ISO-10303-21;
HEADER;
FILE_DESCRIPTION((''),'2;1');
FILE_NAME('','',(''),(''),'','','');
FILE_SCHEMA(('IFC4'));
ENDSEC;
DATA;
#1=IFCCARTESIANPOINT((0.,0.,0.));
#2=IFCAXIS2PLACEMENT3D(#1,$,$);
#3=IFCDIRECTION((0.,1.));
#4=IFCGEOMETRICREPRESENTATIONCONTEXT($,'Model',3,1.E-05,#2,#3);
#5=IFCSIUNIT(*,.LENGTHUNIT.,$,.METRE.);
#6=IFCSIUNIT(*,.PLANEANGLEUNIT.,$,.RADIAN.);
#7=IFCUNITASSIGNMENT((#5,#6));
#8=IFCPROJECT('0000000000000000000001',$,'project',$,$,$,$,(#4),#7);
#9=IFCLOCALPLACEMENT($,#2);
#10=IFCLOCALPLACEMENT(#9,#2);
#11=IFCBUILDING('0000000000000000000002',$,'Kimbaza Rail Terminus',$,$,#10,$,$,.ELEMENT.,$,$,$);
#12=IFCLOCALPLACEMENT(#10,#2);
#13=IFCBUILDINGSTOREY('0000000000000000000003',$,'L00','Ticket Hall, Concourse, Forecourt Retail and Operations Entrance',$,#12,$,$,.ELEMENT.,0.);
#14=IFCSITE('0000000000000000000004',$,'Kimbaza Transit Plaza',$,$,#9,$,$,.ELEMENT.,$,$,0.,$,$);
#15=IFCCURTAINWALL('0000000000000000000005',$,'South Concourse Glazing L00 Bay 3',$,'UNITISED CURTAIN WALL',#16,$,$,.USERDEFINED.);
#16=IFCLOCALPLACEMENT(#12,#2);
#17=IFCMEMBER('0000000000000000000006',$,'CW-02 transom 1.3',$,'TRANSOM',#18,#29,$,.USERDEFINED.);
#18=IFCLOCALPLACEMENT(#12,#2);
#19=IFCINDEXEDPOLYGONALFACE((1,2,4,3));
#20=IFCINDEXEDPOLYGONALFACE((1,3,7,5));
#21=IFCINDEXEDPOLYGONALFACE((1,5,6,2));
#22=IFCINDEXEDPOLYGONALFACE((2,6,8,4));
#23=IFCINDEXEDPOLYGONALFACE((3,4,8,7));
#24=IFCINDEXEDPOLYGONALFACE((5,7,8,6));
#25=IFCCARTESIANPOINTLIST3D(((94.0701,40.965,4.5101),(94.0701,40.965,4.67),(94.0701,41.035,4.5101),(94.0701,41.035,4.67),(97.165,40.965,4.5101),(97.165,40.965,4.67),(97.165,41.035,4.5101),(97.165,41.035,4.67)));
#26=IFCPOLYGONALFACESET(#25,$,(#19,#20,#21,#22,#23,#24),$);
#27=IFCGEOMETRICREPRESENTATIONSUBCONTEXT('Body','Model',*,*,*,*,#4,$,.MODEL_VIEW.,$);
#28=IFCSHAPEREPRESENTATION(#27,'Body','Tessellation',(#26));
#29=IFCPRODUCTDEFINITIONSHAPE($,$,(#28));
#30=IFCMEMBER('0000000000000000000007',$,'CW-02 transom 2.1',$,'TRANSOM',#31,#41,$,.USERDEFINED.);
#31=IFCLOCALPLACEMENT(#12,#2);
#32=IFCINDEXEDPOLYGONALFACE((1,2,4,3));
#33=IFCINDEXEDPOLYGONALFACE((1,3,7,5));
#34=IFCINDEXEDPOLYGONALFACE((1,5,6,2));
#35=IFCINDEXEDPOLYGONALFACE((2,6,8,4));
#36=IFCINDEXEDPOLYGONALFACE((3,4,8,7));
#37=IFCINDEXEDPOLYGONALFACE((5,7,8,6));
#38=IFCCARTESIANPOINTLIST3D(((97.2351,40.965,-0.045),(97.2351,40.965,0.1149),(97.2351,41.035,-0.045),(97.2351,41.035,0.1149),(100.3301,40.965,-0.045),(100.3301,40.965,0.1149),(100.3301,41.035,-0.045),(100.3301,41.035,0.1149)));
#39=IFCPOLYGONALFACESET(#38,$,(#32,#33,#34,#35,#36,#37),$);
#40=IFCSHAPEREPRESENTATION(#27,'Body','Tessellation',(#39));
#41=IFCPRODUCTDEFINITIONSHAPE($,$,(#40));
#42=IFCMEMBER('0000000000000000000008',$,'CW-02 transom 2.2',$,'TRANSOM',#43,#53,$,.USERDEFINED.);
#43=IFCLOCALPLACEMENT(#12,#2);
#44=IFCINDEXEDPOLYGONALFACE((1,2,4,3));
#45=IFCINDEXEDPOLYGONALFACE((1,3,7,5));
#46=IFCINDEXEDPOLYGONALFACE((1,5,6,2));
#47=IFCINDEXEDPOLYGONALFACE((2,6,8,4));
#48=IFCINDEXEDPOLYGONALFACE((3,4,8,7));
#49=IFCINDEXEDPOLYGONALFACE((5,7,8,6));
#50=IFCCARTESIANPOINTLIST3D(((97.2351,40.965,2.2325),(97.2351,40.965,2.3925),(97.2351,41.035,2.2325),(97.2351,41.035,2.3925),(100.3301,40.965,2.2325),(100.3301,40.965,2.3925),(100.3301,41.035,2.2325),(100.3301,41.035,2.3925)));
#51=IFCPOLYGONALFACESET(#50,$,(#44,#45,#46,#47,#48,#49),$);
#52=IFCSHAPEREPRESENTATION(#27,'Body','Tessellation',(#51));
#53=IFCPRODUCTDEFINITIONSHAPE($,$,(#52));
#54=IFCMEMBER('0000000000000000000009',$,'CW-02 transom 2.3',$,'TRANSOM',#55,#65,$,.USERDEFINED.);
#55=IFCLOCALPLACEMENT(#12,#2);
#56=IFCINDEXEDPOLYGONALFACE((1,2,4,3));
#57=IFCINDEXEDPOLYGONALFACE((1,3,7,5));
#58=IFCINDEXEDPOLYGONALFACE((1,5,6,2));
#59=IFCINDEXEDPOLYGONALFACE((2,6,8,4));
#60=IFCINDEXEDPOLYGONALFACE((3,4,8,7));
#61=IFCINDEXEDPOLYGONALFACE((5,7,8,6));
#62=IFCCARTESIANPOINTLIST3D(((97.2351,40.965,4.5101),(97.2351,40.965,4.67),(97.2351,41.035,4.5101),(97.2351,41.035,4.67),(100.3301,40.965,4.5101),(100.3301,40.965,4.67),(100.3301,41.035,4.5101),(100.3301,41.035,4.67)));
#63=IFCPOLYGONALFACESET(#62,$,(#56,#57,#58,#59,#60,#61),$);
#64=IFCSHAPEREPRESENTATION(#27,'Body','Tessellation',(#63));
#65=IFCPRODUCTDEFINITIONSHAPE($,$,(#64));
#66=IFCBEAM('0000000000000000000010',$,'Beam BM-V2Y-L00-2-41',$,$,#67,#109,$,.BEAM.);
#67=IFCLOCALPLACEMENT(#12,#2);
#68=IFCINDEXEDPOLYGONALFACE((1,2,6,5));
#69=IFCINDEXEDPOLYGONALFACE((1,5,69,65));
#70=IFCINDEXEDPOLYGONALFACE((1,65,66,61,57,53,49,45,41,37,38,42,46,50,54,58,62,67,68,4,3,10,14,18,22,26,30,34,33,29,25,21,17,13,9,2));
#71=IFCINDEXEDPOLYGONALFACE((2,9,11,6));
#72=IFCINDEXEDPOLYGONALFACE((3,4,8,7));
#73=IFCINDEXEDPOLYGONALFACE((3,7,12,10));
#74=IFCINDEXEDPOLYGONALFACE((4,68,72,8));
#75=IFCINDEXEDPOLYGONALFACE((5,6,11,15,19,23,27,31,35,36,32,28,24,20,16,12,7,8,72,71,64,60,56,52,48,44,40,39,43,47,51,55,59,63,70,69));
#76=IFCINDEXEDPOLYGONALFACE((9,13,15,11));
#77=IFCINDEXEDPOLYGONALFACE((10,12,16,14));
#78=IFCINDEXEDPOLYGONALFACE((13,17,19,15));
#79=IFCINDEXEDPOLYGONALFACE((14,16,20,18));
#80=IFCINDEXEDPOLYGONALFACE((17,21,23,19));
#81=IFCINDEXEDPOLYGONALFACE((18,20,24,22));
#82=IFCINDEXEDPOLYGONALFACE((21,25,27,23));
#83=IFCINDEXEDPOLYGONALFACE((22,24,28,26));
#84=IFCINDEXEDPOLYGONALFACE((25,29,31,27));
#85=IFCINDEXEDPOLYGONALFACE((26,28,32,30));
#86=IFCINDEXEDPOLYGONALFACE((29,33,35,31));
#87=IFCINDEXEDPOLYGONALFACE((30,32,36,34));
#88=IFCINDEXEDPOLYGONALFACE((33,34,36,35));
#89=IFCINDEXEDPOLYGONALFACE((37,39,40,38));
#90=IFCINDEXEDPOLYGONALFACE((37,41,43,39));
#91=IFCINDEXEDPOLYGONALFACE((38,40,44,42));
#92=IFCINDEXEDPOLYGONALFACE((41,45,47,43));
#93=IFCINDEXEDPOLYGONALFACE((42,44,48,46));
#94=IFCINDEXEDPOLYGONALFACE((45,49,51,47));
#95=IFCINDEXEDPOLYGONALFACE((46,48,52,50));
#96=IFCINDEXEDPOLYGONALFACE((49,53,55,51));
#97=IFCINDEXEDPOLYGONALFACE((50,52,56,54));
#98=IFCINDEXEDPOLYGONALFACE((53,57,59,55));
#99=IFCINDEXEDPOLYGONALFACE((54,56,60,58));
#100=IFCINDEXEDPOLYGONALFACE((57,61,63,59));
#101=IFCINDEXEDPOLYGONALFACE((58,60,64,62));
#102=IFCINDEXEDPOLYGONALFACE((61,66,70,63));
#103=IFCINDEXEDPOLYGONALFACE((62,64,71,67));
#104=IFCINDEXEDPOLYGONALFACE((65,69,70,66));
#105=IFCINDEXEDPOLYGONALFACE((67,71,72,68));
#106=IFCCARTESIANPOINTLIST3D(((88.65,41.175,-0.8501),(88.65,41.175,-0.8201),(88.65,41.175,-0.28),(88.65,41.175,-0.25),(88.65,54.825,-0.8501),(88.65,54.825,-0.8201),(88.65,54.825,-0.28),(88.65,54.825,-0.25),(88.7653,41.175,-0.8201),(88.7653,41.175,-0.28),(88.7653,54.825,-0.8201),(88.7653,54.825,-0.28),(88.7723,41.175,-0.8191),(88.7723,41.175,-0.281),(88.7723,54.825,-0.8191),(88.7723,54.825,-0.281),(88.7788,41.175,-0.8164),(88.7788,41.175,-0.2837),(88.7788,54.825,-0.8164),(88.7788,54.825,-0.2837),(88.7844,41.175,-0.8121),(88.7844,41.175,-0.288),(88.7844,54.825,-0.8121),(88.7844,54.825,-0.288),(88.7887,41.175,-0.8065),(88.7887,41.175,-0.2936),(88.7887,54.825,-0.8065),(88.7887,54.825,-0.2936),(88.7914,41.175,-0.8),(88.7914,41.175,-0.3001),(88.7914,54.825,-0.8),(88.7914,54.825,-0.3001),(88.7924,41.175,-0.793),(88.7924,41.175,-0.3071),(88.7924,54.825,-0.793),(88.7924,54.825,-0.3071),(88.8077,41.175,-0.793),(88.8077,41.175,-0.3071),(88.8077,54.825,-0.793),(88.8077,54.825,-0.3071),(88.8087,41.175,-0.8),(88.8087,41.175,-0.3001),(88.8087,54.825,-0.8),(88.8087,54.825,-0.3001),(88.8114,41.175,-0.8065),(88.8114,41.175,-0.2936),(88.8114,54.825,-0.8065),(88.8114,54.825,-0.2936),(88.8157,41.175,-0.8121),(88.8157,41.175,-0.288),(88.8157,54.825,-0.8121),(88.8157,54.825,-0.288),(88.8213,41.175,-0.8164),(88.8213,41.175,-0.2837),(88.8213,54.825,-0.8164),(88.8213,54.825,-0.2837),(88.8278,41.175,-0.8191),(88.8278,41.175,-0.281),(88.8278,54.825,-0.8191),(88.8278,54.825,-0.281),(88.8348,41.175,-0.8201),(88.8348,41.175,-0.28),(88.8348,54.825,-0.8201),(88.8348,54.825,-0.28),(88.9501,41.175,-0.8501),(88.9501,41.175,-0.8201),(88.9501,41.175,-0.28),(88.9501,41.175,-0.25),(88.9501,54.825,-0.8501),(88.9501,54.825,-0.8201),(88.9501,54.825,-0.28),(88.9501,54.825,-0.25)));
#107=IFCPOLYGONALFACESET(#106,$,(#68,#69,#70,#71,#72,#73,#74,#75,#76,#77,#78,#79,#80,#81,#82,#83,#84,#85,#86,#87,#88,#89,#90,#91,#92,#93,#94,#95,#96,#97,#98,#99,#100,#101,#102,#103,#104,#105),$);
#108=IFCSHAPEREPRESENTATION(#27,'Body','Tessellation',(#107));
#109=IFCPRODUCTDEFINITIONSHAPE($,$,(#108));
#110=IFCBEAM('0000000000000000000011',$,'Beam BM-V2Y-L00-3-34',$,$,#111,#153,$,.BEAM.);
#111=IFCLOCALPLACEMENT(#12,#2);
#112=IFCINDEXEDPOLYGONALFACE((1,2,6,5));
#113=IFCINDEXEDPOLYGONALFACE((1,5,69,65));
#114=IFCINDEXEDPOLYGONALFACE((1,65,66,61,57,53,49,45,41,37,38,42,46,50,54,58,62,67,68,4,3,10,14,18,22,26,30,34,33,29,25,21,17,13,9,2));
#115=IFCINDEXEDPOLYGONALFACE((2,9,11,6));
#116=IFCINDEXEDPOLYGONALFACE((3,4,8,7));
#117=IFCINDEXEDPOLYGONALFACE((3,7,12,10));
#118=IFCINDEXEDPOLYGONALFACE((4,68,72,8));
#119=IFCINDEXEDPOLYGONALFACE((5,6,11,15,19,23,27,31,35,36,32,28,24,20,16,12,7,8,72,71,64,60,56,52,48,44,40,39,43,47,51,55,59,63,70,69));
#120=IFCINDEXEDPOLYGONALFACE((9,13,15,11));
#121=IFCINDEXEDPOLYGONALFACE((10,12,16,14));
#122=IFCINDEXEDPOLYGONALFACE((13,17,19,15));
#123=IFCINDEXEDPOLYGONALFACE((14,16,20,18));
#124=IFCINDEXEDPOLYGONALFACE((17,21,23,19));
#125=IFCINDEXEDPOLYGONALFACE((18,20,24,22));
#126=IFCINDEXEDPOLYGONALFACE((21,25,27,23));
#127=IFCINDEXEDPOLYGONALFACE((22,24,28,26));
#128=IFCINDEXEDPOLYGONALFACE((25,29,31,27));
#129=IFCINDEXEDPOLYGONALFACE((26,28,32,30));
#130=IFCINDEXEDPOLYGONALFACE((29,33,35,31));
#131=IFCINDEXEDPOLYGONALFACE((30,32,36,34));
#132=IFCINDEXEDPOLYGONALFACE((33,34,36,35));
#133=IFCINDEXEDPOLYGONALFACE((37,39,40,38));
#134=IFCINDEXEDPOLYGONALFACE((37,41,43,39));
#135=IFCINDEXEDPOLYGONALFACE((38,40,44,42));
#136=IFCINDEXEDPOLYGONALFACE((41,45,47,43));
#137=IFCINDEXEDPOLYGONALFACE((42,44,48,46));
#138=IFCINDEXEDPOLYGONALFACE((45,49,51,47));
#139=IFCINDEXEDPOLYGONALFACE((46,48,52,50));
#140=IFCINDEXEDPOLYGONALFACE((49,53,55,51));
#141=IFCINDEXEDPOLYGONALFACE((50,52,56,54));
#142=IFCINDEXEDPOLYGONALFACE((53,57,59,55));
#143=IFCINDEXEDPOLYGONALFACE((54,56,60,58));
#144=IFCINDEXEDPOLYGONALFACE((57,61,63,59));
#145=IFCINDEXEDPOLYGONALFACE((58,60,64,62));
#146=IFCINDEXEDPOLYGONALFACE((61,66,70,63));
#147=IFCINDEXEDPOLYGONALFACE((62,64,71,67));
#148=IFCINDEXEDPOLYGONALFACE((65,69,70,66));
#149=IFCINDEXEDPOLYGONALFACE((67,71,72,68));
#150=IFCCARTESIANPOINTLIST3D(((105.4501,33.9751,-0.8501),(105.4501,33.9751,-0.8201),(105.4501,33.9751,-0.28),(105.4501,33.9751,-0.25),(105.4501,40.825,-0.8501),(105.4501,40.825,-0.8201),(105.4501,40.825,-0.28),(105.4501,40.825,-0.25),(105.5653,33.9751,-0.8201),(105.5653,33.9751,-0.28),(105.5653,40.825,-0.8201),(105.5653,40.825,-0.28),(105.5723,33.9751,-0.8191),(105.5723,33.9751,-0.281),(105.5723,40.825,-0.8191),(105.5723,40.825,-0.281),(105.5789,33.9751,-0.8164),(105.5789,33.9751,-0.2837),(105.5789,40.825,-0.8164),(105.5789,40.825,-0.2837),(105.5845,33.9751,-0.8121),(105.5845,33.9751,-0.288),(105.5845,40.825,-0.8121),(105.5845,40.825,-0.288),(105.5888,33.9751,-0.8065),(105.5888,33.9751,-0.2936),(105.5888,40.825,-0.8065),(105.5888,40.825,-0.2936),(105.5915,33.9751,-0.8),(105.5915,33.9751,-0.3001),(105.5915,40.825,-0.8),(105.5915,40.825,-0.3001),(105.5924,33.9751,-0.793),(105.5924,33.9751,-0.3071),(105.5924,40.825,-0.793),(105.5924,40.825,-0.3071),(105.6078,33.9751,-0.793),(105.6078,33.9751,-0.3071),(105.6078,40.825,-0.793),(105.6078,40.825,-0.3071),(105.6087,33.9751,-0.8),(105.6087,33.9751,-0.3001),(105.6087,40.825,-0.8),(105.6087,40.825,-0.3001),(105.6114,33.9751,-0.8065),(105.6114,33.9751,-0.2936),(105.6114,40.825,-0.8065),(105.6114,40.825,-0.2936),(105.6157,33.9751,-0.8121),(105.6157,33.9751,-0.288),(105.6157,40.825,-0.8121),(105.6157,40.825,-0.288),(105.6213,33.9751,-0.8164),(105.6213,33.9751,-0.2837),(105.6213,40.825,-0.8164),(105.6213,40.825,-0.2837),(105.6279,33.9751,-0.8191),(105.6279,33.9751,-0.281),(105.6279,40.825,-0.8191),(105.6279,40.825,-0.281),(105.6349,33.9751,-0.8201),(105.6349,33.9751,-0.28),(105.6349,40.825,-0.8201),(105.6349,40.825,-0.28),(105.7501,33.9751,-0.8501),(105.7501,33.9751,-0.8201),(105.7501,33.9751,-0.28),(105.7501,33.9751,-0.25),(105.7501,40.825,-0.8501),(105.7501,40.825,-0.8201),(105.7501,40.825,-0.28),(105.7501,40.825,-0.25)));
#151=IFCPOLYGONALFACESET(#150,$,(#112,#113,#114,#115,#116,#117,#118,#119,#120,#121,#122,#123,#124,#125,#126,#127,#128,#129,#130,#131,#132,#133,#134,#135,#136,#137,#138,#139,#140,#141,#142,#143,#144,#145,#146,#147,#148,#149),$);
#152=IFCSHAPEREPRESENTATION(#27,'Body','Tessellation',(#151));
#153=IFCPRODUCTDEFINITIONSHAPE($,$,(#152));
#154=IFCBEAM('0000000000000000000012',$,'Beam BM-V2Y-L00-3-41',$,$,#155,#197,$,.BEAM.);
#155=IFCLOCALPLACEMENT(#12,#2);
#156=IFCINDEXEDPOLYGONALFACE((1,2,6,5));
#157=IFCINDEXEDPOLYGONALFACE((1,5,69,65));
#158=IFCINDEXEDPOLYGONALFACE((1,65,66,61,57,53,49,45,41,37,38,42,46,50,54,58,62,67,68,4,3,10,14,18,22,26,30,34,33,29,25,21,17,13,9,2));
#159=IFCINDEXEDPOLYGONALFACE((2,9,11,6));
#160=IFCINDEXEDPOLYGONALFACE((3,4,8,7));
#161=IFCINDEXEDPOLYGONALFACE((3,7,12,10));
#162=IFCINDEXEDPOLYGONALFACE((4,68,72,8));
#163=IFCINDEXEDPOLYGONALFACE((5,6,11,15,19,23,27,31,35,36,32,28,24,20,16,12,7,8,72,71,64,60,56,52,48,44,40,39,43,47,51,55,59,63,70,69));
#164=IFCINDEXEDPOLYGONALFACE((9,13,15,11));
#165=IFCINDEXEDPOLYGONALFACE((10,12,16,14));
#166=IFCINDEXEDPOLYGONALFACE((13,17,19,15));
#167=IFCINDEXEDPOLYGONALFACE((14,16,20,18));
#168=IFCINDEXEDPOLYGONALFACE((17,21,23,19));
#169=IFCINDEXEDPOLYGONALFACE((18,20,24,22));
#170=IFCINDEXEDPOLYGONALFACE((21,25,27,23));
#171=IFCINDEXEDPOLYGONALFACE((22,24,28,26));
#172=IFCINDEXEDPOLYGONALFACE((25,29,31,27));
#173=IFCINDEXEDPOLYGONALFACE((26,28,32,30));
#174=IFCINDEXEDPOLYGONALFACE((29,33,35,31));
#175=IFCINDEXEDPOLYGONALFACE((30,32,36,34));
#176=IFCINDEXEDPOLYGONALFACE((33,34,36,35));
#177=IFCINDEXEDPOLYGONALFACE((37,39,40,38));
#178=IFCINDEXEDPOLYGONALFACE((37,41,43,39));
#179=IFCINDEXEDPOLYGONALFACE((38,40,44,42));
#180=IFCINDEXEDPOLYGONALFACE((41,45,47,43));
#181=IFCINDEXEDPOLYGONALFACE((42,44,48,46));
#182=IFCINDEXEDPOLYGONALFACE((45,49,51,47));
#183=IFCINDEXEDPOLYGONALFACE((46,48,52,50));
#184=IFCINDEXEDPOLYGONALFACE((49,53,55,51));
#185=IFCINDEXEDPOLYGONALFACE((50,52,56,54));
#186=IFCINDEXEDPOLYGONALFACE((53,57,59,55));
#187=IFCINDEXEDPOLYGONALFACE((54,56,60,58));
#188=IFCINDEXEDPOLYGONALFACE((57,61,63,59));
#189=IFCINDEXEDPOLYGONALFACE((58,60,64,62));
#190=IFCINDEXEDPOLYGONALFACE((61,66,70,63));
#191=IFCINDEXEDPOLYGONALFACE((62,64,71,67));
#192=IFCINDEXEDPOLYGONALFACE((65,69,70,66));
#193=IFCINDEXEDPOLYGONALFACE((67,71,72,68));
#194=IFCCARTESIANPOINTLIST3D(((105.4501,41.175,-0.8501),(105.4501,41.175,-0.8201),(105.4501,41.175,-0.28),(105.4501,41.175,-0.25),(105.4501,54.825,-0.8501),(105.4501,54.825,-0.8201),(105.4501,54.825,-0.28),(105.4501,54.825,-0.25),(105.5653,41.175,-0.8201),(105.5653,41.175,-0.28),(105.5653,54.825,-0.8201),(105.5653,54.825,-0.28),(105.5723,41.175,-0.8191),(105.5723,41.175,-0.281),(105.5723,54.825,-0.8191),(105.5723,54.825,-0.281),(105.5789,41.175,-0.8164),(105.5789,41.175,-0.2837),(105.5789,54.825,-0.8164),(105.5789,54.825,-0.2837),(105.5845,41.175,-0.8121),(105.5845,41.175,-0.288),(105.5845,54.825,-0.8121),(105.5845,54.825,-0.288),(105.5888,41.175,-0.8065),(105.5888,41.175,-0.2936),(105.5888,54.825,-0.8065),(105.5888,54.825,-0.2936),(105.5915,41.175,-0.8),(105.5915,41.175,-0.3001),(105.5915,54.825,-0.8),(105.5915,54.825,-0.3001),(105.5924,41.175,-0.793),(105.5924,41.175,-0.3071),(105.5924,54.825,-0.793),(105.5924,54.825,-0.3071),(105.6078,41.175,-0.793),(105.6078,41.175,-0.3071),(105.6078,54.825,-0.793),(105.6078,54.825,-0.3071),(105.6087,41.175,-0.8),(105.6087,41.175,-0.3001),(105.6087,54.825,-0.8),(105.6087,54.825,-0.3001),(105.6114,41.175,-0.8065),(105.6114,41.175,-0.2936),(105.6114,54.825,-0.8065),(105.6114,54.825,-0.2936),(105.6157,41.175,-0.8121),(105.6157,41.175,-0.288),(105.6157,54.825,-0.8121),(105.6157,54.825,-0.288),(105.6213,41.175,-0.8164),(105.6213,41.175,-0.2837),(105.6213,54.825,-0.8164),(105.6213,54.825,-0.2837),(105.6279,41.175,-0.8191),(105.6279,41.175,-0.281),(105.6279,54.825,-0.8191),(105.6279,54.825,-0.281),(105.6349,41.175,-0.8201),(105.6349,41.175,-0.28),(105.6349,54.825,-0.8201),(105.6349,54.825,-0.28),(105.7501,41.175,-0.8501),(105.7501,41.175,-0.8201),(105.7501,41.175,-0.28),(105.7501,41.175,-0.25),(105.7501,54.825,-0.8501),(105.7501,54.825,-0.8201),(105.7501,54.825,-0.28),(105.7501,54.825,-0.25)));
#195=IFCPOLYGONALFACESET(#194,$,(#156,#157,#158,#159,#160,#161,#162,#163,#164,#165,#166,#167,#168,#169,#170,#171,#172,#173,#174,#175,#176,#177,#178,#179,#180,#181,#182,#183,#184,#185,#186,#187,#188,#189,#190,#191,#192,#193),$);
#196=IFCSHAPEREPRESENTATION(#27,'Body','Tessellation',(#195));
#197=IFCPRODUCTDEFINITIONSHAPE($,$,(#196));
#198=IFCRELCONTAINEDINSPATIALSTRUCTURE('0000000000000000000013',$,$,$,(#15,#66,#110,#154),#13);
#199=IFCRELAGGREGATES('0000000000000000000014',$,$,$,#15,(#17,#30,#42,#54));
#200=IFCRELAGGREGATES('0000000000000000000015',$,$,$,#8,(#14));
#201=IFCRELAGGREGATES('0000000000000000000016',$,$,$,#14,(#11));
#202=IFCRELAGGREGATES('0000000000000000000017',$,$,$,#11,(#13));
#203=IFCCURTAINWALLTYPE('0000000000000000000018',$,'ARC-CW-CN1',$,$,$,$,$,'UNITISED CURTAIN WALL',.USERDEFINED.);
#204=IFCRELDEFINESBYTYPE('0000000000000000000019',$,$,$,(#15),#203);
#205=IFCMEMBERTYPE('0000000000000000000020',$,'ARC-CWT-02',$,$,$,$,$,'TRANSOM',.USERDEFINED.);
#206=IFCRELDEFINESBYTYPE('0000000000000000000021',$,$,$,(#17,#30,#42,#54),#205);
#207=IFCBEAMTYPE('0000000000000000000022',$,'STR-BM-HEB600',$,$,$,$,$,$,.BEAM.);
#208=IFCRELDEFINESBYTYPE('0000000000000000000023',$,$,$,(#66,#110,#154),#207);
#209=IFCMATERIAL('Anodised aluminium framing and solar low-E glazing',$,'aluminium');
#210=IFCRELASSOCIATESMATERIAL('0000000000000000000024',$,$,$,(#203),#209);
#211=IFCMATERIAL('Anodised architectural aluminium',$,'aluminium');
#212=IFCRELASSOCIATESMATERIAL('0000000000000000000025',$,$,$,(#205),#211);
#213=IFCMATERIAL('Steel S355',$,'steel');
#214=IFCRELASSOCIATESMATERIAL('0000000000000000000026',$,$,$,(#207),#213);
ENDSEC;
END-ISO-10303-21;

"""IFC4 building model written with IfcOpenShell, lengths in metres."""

from ifc_helpers import new_model, si_unit, direction, frame, origin, origin_2d, place, context, subcontext, project, spatial, rectangle, i_section, extrude, material, material_profile, profile_set, type_object, element, aggregate, save


model = new_model("IFC4")

# Units and contexts
model_context = context("Model", 3, precision=1e-05, world=origin(), true_north=direction((0.0, 1.0)))
body_context = subcontext(model_context, "Body", "Model", "MODEL_VIEW")
ifc_project = project(units=[si_unit("LENGTHUNIT", "METRE"), si_unit("PLANEANGLEUNIT", "RADIAN")], contexts=[model_context])

# Site, building, storey
site_placement = place(None, origin())
site = spatial("IfcSite", under=ifc_project, at=site_placement, Name="Kimbaza Transit Plaza", CompositionType="ELEMENT", RefElevation=0.0)
building_placement = place(site_placement, origin())
building = spatial("IfcBuilding", under=site, at=building_placement, Name="Kimbaza Rail Terminus", CompositionType="ELEMENT")
storey_placement = place(building_placement, origin())
storey = spatial("IfcBuildingStorey", under=building, at=storey_placement, Name="L00", Description="Ticket Hall, Concourse, Forecourt Retail and Operations Entrance", CompositionType="ELEMENT", Elevation=0.0)

# Shared definitions
ifc_material_1 = material(Name="Anodised aluminium framing and solar low-E glazing", Category="aluminium")
curtain_wall_type = type_object("IfcCurtainWallType", Name="ARC-CW-CN1", ElementType="UNITISED CURTAIN WALL", PredefinedType="USERDEFINED", material=ifc_material_1)

# Curtain wall
curtain_wall_1_placement = place(storey_placement, origin())
curtain_wall_1 = element("IfcCurtainWall", 1, at=curtain_wall_1_placement, inside=storey, type_object=curtain_wall_type, Name="South Concourse Glazing L00 Bay 3", ObjectType="UNITISED CURTAIN WALL", PredefinedType="USERDEFINED")

# Members
ifc_material_2 = material(Name="Anodised architectural aluminium", Category="aluminium")
ifc_material_profile_1 = material_profile(ifc_material_2, rectangle(XDim=0.0701, YDim=0.1599, at=origin_2d()), Name="TRANSOM 70x160")
ifc_profile_set_1 = profile_set([ifc_material_profile_1], Name="Anodised architectural aluminium")
member_type_1 = type_object("IfcMemberType", Name="ARC-CWT-02", ElementType="TRANSOM", PredefinedType="USERDEFINED", material=ifc_profile_set_1)
member_1_placement = place(storey_placement, frame((94.0701, 41.0, 4.5901), z_axis=(1.0, 0.0, 0.0), x_axis=(0.0, 1.0, 0.0)))
member_1 = element("IfcMember", 2, at=member_1_placement, type_object=member_type_1, Name="CW-02 transom 1.3", ObjectType="TRANSOM", PredefinedType="USERDEFINED", context=body_context, shape_type="SweptSolid", body=[
    extrude(rectangle(XDim=0.0701, YDim=0.1599, at=origin_2d()), origin(), (0.0, 0.0, 1.0), 3.095),
])
member_2_placement = place(storey_placement, frame((97.2351, 41.0, 0.0349), z_axis=(1.0, 0.0, 0.0), x_axis=(0.0, 1.0, 0.0)))
member_2 = element("IfcMember", 3, at=member_2_placement, type_object=member_type_1, Name="CW-02 transom 2.1", ObjectType="TRANSOM", PredefinedType="USERDEFINED", context=body_context, shape_type="SweptSolid", body=[
    extrude(rectangle(XDim=0.0701, YDim=0.1599, at=origin_2d()), origin(), (0.0, 0.0, 1.0), 3.095),
])
member_3_placement = place(storey_placement, frame((97.2351, 41.0, 2.3125), z_axis=(1.0, 0.0, 0.0), x_axis=(0.0, 1.0, 0.0)))
member_3 = element("IfcMember", 4, at=member_3_placement, type_object=member_type_1, Name="CW-02 transom 2.2", ObjectType="TRANSOM", PredefinedType="USERDEFINED", context=body_context, shape_type="SweptSolid", body=[
    extrude(rectangle(XDim=0.0701, YDim=0.1599, at=origin_2d()), origin(), (0.0, 0.0, 1.0), 3.095),
])
member_4_placement = place(storey_placement, frame((97.2351, 41.0, 4.5901), z_axis=(1.0, 0.0, 0.0), x_axis=(0.0, 1.0, 0.0)))
member_4 = element("IfcMember", 5, at=member_4_placement, type_object=member_type_1, Name="CW-02 transom 2.3", ObjectType="TRANSOM", PredefinedType="USERDEFINED", context=body_context, shape_type="SweptSolid", body=[
    extrude(rectangle(XDim=0.0701, YDim=0.1599, at=origin_2d()), origin(), (0.0, 0.0, 1.0), 3.095),
])

# Beams
ifc_material_3 = material(Name="Steel S355", Category="steel")
ifc_material_profile_2 = material_profile(ifc_material_3, i_section(OverallWidth=0.3, OverallDepth=0.6001, WebThickness=0.0154, FlangeThickness=0.03, FilletRadius=0.0271, at=origin_2d()), Name="HEB 600")
ifc_profile_set_2 = profile_set([ifc_material_profile_2], Name="Steel S355")
beam_type_1 = type_object("IfcBeamType", Name="STR-BM-HEB600", PredefinedType="BEAM", material=ifc_profile_set_2)
beam_1_placement = place(storey_placement, frame((88.8, 41.175, -0.55), z_axis=(0.0, 1.0, 0.0), x_axis=(-1.0, 0.0, 0.0)))
element("IfcBeam", 6, at=beam_1_placement, inside=storey, type_object=beam_type_1, Name="Beam BM-V2Y-L00-2-41", PredefinedType="BEAM", context=body_context, shape_type="SweptSolid", body=[
    extrude(i_section(OverallWidth=0.3, OverallDepth=0.6001, WebThickness=0.0154, FlangeThickness=0.03, FilletRadius=0.0271, at=origin_2d()), origin(), (0.0, 0.0, 1.0), 13.6499),
])
beam_2_placement = place(storey_placement, frame((105.6001, 33.9751, -0.55), z_axis=(0.0, 1.0, 0.0), x_axis=(-1.0, 0.0, 0.0)))
element("IfcBeam", 7, at=beam_2_placement, inside=storey, type_object=beam_type_1, Name="Beam BM-V2Y-L00-3-34", PredefinedType="BEAM", context=body_context, shape_type="SweptSolid", body=[
    extrude(i_section(OverallWidth=0.3, OverallDepth=0.6001, WebThickness=0.0154, FlangeThickness=0.03, FilletRadius=0.0271, at=origin_2d()), origin(), (0.0, 0.0, 1.0), 6.8499),
])
beam_3_placement = place(storey_placement, frame((105.6001, 41.175, -0.55), z_axis=(0.0, 1.0, 0.0), x_axis=(-1.0, 0.0, 0.0)))
element("IfcBeam", 8, at=beam_3_placement, inside=storey, type_object=beam_type_1, Name="Beam BM-V2Y-L00-3-41", PredefinedType="BEAM", context=body_context, shape_type="SweptSolid", body=[
    extrude(i_section(OverallWidth=0.3, OverallDepth=0.6001, WebThickness=0.0154, FlangeThickness=0.03, FilletRadius=0.0271, at=origin_2d()), origin(), (0.0, 0.0, 1.0), 13.6499),
])

aggregate(curtain_wall_1, [member_1, member_2, member_3, member_4])

save(model, "model.ifc")
